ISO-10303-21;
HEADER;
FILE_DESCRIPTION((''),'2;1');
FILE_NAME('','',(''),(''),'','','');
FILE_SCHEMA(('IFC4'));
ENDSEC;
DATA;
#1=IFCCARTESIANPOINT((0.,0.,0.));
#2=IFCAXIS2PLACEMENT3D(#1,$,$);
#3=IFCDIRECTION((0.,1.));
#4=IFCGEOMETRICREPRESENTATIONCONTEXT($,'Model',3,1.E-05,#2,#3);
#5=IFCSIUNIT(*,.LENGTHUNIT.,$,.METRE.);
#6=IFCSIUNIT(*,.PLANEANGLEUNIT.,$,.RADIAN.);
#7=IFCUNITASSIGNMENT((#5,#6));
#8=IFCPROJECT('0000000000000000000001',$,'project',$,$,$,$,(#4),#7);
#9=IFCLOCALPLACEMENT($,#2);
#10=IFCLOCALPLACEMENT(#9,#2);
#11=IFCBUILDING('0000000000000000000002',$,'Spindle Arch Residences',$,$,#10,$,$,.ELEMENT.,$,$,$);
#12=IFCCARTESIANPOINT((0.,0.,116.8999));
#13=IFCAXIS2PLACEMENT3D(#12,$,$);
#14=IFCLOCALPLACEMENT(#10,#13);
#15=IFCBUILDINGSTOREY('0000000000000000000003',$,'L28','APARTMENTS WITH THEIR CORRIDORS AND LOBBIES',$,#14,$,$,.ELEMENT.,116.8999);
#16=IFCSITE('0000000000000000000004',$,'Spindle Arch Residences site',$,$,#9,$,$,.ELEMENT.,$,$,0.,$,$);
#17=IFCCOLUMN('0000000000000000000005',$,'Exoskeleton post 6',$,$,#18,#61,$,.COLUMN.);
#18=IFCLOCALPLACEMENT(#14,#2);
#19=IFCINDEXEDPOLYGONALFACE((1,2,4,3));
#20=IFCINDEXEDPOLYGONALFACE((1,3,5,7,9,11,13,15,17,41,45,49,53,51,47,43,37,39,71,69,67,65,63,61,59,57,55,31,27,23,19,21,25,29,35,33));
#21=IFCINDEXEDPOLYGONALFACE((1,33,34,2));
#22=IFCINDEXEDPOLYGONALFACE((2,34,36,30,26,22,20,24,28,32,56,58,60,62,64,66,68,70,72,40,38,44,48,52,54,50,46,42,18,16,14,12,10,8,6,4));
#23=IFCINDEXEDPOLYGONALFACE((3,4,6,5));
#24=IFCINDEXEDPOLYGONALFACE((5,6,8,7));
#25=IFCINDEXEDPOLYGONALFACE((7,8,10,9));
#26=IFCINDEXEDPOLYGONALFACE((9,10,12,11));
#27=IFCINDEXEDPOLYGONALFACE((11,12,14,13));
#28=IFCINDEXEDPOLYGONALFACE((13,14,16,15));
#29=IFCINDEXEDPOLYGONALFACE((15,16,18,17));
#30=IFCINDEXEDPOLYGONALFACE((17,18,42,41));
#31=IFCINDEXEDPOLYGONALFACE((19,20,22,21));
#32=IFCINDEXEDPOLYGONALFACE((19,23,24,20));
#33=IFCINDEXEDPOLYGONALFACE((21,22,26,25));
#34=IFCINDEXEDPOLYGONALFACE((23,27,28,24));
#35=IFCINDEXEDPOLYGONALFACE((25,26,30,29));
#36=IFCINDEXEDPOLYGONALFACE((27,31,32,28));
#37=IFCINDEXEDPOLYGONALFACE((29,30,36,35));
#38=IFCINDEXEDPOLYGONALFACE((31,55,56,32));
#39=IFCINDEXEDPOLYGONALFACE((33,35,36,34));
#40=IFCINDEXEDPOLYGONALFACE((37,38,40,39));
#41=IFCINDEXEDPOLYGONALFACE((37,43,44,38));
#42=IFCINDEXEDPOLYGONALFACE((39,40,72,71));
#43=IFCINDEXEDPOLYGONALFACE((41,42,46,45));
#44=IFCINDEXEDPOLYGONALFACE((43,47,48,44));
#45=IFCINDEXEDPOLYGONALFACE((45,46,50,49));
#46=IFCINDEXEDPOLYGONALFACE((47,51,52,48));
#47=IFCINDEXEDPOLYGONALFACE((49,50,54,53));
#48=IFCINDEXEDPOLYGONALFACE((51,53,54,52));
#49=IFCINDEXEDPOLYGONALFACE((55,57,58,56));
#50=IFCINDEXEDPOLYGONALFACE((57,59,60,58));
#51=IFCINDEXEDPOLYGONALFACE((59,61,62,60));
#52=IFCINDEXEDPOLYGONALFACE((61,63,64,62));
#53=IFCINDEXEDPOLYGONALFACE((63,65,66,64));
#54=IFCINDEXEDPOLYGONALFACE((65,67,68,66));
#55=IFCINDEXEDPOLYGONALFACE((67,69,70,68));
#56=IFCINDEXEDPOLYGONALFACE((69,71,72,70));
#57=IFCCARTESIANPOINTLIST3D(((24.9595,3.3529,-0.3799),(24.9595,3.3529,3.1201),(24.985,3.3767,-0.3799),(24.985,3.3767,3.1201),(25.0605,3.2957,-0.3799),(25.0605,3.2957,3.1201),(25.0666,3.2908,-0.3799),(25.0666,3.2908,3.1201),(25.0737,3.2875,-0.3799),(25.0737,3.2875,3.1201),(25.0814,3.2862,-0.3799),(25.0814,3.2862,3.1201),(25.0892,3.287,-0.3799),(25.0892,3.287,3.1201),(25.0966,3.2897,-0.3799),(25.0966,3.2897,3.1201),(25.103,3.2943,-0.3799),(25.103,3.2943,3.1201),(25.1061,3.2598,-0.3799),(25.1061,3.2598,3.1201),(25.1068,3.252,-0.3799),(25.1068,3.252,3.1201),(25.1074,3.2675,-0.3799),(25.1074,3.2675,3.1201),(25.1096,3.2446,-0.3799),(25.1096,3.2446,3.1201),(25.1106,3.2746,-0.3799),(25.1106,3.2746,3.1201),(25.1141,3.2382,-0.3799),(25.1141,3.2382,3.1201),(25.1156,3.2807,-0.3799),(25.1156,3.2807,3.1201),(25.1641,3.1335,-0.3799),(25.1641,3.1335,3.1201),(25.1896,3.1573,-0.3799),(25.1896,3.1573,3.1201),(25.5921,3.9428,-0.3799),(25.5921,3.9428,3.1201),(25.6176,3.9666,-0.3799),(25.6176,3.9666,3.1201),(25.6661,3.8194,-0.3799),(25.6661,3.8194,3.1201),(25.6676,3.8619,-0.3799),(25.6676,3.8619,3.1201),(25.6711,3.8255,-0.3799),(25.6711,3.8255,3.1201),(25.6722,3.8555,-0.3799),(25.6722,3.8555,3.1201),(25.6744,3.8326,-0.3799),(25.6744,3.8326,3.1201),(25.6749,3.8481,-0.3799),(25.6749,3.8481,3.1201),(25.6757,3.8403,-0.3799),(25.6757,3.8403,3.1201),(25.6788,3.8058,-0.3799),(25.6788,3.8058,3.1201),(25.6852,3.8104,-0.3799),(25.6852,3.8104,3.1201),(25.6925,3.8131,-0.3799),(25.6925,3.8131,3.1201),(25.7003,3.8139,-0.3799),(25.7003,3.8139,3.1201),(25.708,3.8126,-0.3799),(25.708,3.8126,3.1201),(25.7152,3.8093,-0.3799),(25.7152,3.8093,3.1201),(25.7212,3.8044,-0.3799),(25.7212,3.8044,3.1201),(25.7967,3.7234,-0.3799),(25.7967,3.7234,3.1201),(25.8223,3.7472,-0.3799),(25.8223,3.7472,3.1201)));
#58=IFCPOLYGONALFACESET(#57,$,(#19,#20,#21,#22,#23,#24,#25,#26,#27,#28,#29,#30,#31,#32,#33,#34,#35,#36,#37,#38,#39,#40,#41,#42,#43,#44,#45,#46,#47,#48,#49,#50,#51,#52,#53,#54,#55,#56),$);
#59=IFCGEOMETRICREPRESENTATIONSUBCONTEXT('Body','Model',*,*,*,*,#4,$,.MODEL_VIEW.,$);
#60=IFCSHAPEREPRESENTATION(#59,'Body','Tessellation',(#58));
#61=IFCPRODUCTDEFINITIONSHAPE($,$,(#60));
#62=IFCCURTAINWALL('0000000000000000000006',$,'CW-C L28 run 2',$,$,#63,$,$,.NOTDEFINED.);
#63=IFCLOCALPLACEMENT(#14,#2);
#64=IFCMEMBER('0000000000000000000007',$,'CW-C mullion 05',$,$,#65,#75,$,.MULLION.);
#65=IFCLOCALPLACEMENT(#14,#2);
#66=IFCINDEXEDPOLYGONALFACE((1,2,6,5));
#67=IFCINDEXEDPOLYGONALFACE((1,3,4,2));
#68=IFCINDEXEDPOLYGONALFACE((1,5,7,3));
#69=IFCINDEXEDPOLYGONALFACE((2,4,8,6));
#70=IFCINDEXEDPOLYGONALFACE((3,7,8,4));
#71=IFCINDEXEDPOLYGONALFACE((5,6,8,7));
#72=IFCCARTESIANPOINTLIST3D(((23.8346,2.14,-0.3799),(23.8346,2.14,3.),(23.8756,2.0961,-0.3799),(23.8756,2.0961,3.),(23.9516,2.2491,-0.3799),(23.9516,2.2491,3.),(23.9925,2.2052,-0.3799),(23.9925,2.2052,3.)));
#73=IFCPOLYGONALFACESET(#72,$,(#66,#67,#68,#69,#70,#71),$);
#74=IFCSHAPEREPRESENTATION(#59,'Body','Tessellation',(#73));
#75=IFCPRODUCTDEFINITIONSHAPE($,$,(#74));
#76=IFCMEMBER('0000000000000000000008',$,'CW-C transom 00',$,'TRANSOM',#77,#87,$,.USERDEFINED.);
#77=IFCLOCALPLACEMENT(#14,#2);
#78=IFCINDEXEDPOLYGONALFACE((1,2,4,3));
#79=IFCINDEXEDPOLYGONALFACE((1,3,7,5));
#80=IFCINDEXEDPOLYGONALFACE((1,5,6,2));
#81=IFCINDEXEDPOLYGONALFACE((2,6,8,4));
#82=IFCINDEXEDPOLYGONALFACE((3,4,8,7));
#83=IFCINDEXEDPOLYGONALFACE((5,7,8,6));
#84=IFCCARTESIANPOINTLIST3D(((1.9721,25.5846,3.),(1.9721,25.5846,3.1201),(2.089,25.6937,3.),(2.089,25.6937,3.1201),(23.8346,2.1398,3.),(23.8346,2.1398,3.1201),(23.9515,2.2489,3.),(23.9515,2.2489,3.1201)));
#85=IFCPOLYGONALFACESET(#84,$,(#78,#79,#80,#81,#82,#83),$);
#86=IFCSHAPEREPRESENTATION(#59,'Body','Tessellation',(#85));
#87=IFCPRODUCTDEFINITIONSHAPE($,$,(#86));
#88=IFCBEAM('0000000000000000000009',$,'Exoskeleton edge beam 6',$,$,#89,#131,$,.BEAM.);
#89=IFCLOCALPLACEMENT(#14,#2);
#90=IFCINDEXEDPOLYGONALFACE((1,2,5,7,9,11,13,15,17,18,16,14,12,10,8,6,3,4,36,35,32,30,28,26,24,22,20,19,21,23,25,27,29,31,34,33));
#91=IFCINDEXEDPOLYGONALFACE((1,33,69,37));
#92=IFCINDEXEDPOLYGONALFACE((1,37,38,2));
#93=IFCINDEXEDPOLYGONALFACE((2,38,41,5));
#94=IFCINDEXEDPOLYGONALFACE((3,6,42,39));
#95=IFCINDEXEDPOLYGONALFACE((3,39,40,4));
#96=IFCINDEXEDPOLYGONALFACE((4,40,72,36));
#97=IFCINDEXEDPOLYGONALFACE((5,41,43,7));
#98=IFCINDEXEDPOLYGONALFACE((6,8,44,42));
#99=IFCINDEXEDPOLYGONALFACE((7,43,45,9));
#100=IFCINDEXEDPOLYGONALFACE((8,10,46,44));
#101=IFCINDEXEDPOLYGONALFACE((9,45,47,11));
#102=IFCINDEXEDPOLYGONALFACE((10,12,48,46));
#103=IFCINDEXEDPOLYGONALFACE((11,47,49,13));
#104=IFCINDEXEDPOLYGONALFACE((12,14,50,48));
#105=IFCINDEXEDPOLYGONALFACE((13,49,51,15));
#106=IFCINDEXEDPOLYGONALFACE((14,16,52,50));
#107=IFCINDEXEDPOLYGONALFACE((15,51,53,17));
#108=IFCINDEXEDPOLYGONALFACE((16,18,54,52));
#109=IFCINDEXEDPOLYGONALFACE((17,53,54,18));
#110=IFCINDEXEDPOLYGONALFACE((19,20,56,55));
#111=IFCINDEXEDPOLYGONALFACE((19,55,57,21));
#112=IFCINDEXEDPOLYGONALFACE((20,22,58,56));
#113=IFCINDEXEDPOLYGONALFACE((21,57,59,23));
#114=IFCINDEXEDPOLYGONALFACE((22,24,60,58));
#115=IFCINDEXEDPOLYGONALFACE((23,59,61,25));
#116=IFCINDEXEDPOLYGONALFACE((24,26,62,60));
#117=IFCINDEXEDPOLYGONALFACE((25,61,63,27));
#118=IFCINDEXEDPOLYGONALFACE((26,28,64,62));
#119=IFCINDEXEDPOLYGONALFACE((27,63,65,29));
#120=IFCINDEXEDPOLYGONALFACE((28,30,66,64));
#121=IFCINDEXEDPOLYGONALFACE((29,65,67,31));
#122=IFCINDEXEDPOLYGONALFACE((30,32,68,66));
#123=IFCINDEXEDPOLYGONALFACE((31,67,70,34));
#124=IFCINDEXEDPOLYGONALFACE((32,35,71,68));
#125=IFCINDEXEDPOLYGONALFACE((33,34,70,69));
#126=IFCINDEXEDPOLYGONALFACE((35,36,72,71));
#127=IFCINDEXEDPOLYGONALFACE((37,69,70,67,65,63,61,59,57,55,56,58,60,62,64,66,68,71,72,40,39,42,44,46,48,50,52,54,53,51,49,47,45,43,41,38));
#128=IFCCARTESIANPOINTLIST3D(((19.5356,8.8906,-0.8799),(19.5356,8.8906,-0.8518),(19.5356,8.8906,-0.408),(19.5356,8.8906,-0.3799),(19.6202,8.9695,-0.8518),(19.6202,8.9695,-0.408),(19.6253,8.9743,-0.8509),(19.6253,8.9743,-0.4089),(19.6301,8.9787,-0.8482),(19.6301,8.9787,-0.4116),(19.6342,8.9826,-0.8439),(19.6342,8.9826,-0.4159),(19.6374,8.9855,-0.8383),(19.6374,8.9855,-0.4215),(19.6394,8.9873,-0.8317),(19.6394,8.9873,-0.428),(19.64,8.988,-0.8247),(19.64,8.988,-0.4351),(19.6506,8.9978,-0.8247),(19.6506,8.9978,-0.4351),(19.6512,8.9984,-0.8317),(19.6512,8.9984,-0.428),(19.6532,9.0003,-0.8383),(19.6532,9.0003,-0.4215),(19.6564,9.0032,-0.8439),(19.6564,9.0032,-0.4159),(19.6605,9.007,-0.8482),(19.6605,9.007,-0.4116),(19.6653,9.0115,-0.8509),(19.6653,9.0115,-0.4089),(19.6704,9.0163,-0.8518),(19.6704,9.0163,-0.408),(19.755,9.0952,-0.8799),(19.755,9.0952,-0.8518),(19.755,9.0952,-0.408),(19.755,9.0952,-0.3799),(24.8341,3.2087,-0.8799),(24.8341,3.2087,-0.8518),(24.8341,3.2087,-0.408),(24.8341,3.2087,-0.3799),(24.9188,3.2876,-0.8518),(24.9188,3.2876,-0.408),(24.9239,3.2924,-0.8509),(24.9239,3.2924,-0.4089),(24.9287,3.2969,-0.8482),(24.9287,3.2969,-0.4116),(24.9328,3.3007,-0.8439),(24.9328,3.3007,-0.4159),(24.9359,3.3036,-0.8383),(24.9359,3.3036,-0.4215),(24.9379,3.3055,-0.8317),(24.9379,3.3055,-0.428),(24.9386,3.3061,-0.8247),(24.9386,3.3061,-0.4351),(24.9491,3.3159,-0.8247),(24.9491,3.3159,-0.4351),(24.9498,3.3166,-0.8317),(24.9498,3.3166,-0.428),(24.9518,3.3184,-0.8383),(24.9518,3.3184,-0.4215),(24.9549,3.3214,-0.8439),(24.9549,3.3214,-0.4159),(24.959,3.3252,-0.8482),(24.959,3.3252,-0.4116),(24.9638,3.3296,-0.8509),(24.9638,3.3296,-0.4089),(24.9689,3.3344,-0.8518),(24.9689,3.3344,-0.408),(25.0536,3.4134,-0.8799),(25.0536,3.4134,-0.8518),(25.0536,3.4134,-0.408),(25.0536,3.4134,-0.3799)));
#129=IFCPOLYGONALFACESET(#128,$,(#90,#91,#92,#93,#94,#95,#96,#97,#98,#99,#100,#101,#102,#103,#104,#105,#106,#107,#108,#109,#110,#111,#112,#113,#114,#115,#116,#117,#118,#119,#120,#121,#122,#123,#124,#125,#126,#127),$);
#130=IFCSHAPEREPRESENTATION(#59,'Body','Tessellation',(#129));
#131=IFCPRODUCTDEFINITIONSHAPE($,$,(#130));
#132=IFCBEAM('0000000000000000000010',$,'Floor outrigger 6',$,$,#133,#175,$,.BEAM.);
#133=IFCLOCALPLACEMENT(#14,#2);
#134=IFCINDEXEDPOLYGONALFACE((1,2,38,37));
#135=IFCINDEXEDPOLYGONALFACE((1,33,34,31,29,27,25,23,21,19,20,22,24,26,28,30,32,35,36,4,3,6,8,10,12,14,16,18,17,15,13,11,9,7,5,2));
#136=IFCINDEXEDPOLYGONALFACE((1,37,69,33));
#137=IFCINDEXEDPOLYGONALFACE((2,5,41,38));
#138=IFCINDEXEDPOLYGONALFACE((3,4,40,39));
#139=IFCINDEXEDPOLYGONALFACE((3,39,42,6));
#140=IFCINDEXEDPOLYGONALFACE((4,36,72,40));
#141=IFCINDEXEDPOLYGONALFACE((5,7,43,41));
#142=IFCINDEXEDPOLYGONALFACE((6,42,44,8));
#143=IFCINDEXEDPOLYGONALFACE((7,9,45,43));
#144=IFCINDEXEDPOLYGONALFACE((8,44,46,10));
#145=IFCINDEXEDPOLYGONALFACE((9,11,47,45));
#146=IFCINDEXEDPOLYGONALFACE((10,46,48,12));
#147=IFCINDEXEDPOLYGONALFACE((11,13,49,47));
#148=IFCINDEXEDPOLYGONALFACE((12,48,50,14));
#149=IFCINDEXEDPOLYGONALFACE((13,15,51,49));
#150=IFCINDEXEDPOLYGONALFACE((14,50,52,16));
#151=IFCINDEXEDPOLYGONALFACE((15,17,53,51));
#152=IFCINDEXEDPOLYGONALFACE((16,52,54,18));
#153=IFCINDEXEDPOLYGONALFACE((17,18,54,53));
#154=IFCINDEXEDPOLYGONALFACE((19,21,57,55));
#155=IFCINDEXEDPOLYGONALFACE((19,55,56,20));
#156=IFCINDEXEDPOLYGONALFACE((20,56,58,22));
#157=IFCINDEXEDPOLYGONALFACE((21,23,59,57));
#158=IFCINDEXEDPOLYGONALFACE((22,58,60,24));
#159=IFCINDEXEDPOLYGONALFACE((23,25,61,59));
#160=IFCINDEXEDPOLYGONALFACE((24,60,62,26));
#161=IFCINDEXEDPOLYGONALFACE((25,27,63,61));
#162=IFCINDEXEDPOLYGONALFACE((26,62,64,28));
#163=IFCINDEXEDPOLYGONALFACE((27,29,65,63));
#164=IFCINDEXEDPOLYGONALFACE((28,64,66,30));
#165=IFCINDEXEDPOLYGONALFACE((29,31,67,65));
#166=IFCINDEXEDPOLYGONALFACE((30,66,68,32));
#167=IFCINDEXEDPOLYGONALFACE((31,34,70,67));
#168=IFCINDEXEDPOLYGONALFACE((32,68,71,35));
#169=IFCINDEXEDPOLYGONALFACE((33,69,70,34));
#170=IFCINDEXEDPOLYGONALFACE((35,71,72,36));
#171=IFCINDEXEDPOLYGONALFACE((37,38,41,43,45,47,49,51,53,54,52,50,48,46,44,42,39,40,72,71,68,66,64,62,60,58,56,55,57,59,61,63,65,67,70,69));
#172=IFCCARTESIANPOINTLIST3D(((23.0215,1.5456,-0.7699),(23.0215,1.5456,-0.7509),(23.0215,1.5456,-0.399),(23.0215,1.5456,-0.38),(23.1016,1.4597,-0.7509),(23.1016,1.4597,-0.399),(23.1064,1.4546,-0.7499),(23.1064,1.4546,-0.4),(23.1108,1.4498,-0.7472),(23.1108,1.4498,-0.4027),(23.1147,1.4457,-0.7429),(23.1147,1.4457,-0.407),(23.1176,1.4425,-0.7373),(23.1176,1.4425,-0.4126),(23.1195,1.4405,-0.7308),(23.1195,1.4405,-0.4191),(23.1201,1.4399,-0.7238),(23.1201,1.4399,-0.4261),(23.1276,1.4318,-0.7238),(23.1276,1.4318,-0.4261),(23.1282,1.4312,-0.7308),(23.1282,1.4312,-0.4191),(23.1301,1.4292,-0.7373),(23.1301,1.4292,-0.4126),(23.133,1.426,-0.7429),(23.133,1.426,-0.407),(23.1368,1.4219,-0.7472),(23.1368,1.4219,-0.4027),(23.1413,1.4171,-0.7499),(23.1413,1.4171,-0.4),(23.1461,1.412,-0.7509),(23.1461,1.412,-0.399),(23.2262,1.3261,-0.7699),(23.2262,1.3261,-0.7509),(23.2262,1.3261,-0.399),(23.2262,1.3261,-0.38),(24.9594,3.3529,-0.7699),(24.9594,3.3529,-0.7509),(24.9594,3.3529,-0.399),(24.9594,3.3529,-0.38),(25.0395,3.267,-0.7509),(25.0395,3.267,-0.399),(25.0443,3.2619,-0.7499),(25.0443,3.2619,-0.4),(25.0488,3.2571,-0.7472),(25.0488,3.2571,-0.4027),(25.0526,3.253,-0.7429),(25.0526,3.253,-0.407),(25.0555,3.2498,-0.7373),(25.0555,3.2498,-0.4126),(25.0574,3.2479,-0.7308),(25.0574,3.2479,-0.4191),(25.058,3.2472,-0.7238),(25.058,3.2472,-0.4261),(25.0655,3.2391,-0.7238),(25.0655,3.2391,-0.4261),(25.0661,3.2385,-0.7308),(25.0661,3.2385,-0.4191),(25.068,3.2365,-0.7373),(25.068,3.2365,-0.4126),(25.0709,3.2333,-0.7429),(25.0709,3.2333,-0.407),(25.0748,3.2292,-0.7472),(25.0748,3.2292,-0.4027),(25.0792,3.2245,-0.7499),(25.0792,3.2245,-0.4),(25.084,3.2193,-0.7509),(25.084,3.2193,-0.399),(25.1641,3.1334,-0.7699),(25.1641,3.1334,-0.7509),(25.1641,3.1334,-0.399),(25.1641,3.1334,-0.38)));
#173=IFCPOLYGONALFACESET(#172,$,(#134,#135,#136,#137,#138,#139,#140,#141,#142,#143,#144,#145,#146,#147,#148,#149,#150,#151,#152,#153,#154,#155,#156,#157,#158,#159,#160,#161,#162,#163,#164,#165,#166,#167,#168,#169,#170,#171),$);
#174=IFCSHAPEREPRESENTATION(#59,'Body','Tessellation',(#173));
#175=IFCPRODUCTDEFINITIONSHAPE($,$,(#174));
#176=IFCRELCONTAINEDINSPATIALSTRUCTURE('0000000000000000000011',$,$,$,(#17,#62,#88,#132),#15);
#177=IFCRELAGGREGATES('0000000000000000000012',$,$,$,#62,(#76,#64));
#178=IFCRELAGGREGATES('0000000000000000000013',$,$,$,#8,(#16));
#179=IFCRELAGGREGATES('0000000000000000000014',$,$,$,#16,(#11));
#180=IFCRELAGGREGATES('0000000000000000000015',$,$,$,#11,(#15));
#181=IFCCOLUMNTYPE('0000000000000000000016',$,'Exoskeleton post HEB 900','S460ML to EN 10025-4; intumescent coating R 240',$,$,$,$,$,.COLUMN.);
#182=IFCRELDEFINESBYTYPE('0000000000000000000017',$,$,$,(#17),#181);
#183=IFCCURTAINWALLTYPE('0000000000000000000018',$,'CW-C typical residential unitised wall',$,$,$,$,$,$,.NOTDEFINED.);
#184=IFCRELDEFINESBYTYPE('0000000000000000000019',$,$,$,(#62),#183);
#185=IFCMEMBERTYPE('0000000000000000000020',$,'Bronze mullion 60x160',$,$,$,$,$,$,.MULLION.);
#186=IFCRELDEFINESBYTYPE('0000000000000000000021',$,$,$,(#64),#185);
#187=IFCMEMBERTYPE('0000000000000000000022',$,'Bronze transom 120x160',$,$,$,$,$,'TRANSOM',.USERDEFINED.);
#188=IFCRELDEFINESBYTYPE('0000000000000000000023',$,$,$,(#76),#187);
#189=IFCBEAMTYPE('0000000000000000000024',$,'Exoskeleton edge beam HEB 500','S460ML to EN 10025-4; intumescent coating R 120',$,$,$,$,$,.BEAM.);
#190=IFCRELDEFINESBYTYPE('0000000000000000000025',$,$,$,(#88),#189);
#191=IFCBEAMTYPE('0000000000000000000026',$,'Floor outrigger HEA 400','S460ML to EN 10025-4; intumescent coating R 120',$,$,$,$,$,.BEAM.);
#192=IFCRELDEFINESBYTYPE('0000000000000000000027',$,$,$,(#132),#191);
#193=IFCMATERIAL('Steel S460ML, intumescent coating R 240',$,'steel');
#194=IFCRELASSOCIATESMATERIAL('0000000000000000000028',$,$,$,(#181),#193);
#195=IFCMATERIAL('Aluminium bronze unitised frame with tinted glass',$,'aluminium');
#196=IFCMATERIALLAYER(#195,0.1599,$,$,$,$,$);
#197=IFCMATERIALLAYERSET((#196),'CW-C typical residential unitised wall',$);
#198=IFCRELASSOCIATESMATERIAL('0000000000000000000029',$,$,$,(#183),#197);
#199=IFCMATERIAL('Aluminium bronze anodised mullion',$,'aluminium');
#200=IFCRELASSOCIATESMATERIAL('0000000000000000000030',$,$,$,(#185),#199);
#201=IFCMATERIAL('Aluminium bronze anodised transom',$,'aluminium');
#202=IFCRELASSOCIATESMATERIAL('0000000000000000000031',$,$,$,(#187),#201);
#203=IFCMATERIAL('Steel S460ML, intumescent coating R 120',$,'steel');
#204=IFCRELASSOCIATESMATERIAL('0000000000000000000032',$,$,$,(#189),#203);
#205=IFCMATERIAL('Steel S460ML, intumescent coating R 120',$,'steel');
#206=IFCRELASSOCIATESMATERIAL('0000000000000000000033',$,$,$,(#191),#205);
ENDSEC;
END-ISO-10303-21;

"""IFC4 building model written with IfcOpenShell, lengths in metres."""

from ifc_helpers import new_model, si_unit, direction, frame, origin, origin_2d, place, context, subcontext, project, spatial, rectangle, i_section, extrude, material, layer, layer_set, material_profile, profile_set, type_object, element, aggregate, save


model = new_model("IFC4")

# Units and contexts
model_context = context("Model", 3, precision=1e-05, world=origin(), true_north=direction((0.0, 1.0)))
body_context = subcontext(model_context, "Body", "Model", "MODEL_VIEW")
ifc_project = project(units=[si_unit("LENGTHUNIT", "METRE"), si_unit("PLANEANGLEUNIT", "RADIAN")], contexts=[model_context])

# Site, building, storey
site_placement = place(None, origin())
site = spatial("IfcSite", under=ifc_project, at=site_placement, Name="Spindle Arch Residences site", CompositionType="ELEMENT", RefElevation=0.0)
building_placement = place(site_placement, origin())
building = spatial("IfcBuilding", under=site, at=building_placement, Name="Spindle Arch Residences", CompositionType="ELEMENT")
storey_placement = place(building_placement, frame((0.0, 0.0, 116.8999)))
storey = spatial("IfcBuildingStorey", under=building, at=storey_placement, Name="L28", Description="APARTMENTS WITH THEIR CORRIDORS AND LOBBIES", CompositionType="ELEMENT", Elevation=116.8999)

# Column
ifc_material_1 = material(Name="Steel S460ML, intumescent coating R 240", Category="steel")
ifc_material_profile_1 = material_profile(ifc_material_1, i_section(OverallWidth=0.3, OverallDepth=0.8999, WebThickness=0.0186, FlangeThickness=0.0349, FilletRadius=0.03, at=origin_2d()), Name="HEB 900")
ifc_profile_set_1 = profile_set([ifc_material_profile_1], Name="Steel S460ML, intumescent coating R 240")
column_type = type_object("IfcColumnType", Name="Exoskeleton post HEB 900", Description="S460ML to EN 10025-4; intumescent coating R 240", PredefinedType="COLUMN", material=ifc_profile_set_1)
column_placement = place(storey_placement, frame((25.3909, 3.55, -0.3799), z_axis=(0.0, 0.0, 1.0), x_axis=(0.681998, -0.731354, 0.0)))
element("IfcColumn", 1, at=column_placement, inside=storey, type_object=column_type, Name="Exoskeleton post 6", PredefinedType="COLUMN", context=body_context, shape_type="SweptSolid", body=[
    extrude(i_section(OverallWidth=0.3, OverallDepth=0.8999, WebThickness=0.0186, FlangeThickness=0.0349, FilletRadius=0.03, at=origin_2d()), origin(), (0.0, 0.0, 1.0), 3.5),
])

# Curtain wall, members
ifc_material_2 = material(Name="Aluminium bronze unitised frame with tinted glass", Category="aluminium")
ifc_layer_1 = layer(ifc_material_2, 0.1599)
ifc_layer_set_1 = layer_set([ifc_layer_1], Name="CW-C typical residential unitised wall")
curtain_wall_type_1 = type_object("IfcCurtainWallType", Name="CW-C typical residential unitised wall", PredefinedType="NOTDEFINED", material=ifc_layer_set_1)
curtain_wall_1_placement = place(storey_placement, origin())
curtain_wall_1 = element("IfcCurtainWall", 2, at=curtain_wall_1_placement, inside=storey, type_object=curtain_wall_type_1, Name="CW-C L28 run 2", PredefinedType="NOTDEFINED")
ifc_material_3 = material(Name="Aluminium bronze anodised mullion", Category="aluminium")
ifc_material_profile_2 = material_profile(ifc_material_3, rectangle(XDim=0.1599, YDim=0.0601, at=origin_2d()), Name="MU 60x160")
ifc_profile_set_2 = profile_set([ifc_material_profile_2], Name="Aluminium bronze anodised mullion")
member_type_1 = type_object("IfcMemberType", Name="Bronze mullion 60x160", PredefinedType="MULLION", material=ifc_profile_set_2)
member_1_placement = place(storey_placement, frame((23.9136, 2.1726, -0.3799), z_axis=(0.0, 0.0, 1.0), x_axis=(-0.731354, -0.681998, 0.0)))
member_1 = element("IfcMember", 3, at=member_1_placement, type_object=member_type_1, Name="CW-C mullion 05", PredefinedType="MULLION", context=body_context, shape_type="SweptSolid", body=[
    extrude(rectangle(XDim=0.1599, YDim=0.0601, at=origin_2d()), origin(), (0.0, 0.0, 1.0), 3.3799),
])
ifc_material_4 = material(Name="Aluminium bronze anodised transom", Category="aluminium")
ifc_material_profile_3 = material_profile(ifc_material_4, rectangle(XDim=0.1599, YDim=0.1201, at=origin_2d()), Name="TR 120x160")
ifc_profile_set_3 = profile_set([ifc_material_profile_3], Name="Aluminium bronze anodised transom")
member_type_2 = type_object("IfcMemberType", Name="Bronze transom 120x160", ElementType="TRANSOM", PredefinedType="USERDEFINED", material=ifc_profile_set_3)
member_2_placement = place(storey_placement, frame((23.8931, 2.1943, 3.0601), z_axis=(-0.681997, 0.731355, 0.0), x_axis=(-0.731355, -0.681997, 0.0)))
member_2 = element("IfcMember", 4, at=member_2_placement, type_object=member_type_2, Name="CW-C transom 00", ObjectType="TRANSOM", PredefinedType="USERDEFINED", context=body_context, shape_type="SweptSolid", body=[
    extrude(rectangle(XDim=0.1599, YDim=0.1201, at=origin_2d()), origin(), (0.0, 0.0, 1.0), 32.0566),
])

# Beams
ifc_material_5 = material(Name="Steel S460ML, intumescent coating R 120", Category="steel")
ifc_material_profile_4 = material_profile(ifc_material_5, i_section(OverallWidth=0.3, OverallDepth=0.5, WebThickness=0.0144, FlangeThickness=0.0281, FilletRadius=0.0271, at=origin_2d()), Name="HEB 500")
ifc_profile_set_4 = profile_set([ifc_material_profile_4], Name="Steel S460ML, intumescent coating R 120")
beam_type_1 = type_object("IfcBeamType", Name="Exoskeleton edge beam HEB 500", Description="S460ML to EN 10025-4; intumescent coating R 120", PredefinedType="BEAM", material=ifc_profile_set_4)
beam_1_placement = place(storey_placement, frame((24.9438, 3.311, -0.6299), z_axis=(-0.682008, 0.731345, 0.0), x_axis=(-0.731345, -0.682008, 0.0)))
element("IfcBeam", 5, at=beam_1_placement, inside=storey, type_object=beam_type_1, Name="Exoskeleton edge beam 6", PredefinedType="BEAM", context=body_context, shape_type="SweptSolid", body=[
    extrude(i_section(OverallWidth=0.3, OverallDepth=0.5, WebThickness=0.0144, FlangeThickness=0.0281, FilletRadius=0.0271, at=origin_2d()), origin(), (0.0, 0.0, 1.0), 7.769),
])
ifc_material_6 = material(Name="Steel S460ML, intumescent coating R 120", Category="steel")
ifc_material_profile_5 = material_profile(ifc_material_6, i_section(OverallWidth=0.3, OverallDepth=0.3899, WebThickness=0.011, FlangeThickness=0.019, FilletRadius=0.0271, at=origin_2d()), Name="HEA 400")
ifc_profile_set_5 = profile_set([ifc_material_profile_5], Name="Steel S460ML, intumescent coating R 120")
beam_type_2 = type_object("IfcBeamType", Name="Floor outrigger HEA 400", Description="S460ML to EN 10025-4; intumescent coating R 120", PredefinedType="BEAM", material=ifc_profile_set_5)
beam_2_placement = place(storey_placement, frame((25.0618, 3.2432, -0.575), z_axis=(-0.731322, -0.682033, 0.0), x_axis=(0.682033, -0.731322, 0.0)))
element("IfcBeam", 6, at=beam_2_placement, inside=storey, type_object=beam_type_2, Name="Floor outrigger 6", PredefinedType="BEAM", context=body_context, shape_type="SweptSolid", body=[
    extrude(i_section(OverallWidth=0.3, OverallDepth=0.3899, WebThickness=0.011, FlangeThickness=0.019, FilletRadius=0.0271, at=origin_2d()), origin(), (0.0, 0.0, 1.0), 2.6499),
])

aggregate(curtain_wall_1, [member_2, member_1])

save(model, "model.ifc")
